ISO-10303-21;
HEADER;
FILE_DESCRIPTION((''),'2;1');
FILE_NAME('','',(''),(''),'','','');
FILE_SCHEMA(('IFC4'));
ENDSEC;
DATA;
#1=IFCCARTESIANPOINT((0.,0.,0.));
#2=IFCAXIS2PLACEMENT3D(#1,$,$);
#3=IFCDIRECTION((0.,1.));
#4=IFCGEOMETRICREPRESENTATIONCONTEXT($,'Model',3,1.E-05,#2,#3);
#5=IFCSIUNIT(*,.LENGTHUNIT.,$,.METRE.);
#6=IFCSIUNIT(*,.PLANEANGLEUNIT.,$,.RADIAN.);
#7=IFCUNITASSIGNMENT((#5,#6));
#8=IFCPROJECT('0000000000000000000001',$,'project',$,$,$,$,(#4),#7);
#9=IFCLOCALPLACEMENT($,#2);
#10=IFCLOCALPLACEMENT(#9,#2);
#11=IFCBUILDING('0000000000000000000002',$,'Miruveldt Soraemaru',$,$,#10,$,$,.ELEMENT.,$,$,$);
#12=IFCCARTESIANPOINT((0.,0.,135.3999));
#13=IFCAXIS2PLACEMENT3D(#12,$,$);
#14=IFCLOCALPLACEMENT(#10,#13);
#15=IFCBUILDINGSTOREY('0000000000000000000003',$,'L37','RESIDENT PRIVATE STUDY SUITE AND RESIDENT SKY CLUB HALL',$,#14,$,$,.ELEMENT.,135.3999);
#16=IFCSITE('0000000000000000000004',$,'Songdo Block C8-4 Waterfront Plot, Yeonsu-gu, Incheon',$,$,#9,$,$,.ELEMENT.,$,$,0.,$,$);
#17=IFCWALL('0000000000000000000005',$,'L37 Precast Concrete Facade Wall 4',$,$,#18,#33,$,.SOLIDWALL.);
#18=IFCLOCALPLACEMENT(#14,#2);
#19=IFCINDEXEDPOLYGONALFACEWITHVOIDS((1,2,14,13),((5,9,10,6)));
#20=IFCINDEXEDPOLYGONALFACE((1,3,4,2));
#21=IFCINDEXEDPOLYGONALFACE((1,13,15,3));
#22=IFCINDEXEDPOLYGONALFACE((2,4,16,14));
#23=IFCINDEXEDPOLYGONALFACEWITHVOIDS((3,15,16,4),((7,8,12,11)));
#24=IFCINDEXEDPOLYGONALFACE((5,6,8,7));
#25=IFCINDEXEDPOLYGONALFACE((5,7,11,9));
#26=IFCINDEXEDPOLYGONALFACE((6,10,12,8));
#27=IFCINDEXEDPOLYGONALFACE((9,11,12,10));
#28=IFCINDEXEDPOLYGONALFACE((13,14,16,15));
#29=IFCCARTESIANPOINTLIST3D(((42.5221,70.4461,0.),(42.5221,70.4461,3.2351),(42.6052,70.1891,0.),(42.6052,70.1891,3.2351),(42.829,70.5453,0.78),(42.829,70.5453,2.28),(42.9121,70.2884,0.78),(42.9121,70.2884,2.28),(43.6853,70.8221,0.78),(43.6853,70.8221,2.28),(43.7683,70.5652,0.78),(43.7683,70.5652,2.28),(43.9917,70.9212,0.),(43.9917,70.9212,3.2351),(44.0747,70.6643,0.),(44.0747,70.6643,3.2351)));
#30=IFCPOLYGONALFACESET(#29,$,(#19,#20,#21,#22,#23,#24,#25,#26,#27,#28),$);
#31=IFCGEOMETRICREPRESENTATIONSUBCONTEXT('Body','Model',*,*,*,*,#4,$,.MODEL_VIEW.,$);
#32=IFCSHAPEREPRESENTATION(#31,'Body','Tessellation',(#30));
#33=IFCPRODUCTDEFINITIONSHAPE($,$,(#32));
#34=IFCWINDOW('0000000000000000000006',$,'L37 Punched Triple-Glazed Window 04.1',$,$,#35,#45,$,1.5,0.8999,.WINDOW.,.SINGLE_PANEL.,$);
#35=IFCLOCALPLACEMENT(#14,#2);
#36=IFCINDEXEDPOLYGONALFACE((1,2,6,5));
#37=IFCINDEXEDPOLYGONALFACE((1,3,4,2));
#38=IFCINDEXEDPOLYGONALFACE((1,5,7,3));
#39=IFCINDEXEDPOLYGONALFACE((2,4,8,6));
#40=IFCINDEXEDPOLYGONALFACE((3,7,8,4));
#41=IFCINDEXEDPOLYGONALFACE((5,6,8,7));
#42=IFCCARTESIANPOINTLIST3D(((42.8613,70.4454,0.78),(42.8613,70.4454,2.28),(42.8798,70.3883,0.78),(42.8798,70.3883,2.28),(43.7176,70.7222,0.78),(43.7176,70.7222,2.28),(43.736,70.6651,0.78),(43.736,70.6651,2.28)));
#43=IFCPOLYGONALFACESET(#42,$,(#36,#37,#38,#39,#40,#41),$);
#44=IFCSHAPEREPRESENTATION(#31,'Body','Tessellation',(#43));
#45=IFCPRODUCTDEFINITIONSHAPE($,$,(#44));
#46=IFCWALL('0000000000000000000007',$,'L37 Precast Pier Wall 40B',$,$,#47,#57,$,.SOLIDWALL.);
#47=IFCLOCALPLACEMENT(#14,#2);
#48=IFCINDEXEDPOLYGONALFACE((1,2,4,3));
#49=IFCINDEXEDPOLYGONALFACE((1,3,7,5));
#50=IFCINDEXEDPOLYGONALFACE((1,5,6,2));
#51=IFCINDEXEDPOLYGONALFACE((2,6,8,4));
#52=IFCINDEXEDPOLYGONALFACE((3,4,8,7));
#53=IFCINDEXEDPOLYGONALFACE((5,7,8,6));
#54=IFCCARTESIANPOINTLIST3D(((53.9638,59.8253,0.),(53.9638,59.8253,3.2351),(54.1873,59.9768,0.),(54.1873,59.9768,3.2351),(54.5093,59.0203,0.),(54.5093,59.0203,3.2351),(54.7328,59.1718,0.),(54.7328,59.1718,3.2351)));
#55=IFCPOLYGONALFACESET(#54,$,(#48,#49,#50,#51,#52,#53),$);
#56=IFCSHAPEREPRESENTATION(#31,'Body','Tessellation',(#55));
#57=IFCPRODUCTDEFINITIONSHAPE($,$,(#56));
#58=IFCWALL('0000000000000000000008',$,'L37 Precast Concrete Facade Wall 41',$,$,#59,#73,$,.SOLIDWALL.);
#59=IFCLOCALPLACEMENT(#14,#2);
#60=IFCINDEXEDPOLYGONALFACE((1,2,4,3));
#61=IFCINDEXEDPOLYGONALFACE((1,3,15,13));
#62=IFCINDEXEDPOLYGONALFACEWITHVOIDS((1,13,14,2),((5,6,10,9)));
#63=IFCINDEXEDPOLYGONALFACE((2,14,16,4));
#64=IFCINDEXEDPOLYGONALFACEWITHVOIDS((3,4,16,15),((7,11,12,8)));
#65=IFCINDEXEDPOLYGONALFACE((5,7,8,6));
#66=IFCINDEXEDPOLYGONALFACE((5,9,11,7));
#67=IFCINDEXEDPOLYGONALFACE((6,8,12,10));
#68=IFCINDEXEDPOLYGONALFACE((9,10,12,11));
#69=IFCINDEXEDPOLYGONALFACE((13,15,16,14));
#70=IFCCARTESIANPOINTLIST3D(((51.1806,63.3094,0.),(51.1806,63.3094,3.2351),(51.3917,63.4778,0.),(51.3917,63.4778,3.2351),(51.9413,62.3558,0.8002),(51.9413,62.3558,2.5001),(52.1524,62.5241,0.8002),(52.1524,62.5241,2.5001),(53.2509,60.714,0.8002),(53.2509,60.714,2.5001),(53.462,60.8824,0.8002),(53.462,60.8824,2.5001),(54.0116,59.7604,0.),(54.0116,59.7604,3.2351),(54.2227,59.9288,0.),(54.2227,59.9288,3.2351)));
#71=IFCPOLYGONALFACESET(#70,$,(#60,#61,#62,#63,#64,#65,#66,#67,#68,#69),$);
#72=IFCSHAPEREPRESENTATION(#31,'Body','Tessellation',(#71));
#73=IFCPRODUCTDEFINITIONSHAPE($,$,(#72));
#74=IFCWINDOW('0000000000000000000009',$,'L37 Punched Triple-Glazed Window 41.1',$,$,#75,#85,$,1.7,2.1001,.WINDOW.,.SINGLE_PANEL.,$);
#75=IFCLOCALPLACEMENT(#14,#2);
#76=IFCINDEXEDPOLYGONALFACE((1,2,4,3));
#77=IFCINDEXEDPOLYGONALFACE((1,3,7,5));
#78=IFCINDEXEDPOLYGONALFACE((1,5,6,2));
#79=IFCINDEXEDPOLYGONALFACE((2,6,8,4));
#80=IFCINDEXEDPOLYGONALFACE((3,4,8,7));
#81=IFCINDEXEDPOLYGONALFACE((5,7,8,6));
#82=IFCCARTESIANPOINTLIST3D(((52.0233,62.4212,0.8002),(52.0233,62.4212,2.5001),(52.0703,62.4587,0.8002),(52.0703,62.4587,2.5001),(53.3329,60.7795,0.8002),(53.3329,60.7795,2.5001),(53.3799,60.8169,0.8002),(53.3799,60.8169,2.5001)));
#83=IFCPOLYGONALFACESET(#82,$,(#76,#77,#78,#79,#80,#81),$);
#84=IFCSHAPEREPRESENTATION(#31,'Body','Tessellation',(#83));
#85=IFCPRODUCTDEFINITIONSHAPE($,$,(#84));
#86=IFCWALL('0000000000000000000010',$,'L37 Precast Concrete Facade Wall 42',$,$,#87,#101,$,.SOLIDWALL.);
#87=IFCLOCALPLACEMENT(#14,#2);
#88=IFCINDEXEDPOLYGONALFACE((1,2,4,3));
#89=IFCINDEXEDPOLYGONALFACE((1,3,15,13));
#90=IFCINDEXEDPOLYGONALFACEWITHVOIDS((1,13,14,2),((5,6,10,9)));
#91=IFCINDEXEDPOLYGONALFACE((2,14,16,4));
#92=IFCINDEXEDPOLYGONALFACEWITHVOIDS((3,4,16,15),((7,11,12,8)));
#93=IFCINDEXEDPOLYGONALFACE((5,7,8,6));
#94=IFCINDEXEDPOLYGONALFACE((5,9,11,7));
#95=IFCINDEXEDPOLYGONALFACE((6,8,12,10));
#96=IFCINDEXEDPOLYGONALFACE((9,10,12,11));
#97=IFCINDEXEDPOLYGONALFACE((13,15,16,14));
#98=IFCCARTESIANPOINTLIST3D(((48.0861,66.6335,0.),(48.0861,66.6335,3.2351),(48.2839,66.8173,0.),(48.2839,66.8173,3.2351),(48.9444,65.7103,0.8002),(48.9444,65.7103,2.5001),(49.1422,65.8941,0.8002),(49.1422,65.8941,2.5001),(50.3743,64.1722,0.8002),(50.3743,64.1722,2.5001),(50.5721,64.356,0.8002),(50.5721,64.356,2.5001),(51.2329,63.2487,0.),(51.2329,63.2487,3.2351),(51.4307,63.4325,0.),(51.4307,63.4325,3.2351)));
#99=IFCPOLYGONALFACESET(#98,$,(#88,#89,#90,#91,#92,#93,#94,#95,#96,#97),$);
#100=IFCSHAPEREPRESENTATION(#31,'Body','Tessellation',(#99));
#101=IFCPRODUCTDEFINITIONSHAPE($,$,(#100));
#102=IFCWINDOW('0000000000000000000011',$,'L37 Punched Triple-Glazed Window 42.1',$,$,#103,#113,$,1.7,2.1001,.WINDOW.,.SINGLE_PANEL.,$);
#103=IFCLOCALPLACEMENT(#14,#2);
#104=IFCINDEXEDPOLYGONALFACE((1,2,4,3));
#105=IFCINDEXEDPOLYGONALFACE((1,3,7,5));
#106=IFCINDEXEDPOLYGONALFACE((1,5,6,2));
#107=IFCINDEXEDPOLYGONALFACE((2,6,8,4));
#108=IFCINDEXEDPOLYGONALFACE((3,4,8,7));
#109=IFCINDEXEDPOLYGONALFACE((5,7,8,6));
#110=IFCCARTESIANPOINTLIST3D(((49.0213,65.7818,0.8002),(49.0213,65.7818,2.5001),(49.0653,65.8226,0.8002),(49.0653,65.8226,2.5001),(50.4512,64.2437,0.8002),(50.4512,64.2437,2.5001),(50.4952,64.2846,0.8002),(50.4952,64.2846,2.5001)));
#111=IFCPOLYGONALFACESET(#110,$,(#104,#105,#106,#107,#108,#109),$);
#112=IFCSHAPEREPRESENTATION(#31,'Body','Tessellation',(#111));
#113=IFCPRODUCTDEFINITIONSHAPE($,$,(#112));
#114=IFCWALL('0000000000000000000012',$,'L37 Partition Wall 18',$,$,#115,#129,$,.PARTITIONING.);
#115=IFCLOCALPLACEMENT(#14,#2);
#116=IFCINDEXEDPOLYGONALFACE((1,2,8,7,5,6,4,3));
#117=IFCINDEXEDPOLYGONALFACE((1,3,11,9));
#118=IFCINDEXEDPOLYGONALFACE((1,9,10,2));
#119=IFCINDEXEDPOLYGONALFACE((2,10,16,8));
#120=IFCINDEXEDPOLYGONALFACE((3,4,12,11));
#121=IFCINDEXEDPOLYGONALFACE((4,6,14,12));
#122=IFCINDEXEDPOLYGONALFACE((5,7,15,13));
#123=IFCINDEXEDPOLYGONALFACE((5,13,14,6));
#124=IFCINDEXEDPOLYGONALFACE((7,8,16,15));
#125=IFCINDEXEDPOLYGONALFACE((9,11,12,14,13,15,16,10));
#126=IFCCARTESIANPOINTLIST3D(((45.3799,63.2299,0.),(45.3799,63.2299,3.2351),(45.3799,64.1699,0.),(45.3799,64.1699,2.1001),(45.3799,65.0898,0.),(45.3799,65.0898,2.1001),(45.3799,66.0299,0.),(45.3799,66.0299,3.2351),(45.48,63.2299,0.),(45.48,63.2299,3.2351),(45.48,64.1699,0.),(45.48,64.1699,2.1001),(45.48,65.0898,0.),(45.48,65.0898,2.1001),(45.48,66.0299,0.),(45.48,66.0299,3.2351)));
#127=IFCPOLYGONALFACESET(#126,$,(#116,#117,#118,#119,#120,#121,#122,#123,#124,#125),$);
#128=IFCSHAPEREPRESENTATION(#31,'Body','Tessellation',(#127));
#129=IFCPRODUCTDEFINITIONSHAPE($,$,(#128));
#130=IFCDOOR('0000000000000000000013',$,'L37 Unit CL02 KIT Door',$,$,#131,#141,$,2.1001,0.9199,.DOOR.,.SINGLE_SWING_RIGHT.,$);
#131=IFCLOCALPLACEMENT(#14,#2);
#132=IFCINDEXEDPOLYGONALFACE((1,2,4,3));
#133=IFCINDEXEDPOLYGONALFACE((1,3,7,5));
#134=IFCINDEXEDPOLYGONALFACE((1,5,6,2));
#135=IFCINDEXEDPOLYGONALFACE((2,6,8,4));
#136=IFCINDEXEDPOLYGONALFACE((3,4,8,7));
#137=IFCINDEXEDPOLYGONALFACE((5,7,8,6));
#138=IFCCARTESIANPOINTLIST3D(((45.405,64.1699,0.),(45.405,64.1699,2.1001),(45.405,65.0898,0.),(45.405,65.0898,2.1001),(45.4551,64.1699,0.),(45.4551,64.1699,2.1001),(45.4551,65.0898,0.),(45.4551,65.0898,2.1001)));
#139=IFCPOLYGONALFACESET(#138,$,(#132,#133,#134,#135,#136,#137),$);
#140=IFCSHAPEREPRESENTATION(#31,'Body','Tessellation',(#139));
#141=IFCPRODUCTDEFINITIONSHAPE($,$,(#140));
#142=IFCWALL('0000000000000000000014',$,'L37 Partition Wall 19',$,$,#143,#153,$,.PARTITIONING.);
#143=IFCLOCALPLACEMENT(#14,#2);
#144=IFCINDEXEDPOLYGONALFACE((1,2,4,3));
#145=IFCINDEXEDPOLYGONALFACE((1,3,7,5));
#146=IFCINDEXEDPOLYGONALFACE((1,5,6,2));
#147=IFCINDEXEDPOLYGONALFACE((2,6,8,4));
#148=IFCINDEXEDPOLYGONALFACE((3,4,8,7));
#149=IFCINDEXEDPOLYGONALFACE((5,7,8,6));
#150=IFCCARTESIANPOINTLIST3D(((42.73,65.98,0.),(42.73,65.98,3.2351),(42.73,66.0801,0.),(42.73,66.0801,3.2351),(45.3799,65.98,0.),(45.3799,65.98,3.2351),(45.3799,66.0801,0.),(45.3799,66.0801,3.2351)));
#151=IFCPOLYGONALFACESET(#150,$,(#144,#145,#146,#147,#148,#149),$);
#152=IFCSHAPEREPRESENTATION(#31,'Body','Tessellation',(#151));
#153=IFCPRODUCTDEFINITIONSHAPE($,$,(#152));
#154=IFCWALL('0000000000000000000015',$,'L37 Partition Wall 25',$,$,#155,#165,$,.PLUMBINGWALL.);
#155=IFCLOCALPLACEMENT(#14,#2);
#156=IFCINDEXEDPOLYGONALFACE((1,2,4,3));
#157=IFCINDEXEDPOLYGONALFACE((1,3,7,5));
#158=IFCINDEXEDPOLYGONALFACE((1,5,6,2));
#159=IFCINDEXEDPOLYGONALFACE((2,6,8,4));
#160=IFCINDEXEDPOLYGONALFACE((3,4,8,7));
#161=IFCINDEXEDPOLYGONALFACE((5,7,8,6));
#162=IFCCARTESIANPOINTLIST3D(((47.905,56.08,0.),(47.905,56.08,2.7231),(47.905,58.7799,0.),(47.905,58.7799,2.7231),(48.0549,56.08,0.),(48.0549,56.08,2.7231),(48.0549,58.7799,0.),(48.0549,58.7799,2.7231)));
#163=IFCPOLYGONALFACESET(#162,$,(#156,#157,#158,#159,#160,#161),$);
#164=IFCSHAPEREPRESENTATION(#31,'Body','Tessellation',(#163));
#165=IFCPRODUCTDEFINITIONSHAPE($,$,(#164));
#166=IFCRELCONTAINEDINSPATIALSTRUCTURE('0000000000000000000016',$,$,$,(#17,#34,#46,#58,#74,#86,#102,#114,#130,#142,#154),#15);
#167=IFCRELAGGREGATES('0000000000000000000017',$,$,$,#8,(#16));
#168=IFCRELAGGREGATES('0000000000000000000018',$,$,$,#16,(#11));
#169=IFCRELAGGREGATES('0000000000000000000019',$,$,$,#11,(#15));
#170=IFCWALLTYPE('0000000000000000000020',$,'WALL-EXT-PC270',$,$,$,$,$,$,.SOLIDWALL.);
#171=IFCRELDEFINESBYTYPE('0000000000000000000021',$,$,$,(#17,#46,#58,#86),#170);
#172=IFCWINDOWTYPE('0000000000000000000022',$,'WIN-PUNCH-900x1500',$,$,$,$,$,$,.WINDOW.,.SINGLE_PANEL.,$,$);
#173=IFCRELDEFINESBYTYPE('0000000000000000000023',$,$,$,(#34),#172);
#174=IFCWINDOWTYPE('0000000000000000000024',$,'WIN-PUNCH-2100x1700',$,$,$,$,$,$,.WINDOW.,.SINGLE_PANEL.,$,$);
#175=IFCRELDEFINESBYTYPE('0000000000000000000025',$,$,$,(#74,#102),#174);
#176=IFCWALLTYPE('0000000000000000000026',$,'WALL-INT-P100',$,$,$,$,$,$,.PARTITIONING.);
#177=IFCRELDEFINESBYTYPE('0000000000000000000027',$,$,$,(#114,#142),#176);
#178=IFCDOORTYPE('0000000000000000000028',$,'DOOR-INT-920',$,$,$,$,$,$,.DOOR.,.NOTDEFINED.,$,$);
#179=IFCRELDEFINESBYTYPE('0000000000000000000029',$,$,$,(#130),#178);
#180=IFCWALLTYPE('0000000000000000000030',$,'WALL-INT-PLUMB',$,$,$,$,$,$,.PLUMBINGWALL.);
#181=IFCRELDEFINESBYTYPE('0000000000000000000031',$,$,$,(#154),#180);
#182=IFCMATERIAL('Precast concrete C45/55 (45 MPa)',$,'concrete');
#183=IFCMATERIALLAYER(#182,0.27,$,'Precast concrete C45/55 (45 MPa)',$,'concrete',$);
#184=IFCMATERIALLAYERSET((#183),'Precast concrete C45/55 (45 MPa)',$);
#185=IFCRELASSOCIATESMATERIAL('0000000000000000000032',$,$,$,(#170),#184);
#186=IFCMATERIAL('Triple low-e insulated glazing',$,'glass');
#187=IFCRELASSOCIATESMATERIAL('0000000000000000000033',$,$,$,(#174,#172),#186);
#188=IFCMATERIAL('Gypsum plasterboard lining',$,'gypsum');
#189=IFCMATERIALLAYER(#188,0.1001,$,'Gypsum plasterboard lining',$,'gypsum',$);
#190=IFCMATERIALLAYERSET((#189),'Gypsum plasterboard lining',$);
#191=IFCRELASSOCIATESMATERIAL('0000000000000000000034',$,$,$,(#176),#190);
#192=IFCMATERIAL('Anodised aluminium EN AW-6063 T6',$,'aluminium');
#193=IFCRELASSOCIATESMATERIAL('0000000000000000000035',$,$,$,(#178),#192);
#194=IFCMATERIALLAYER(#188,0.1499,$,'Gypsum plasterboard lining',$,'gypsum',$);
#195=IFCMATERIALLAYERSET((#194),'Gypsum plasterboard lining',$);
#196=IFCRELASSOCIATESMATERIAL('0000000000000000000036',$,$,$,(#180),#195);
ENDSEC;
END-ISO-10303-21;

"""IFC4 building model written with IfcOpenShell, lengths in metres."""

from ifc_helpers import new_model, si_unit, direction, frame, frame_2d, origin, place, context, subcontext, project, spatial, rectangle, extrude, material, layer, layer_set, type_object, element, fill, save


model = new_model("IFC4")

# Units and contexts
model_context = context("Model", 3, precision=1e-05, world=origin(), true_north=direction((0.0, 1.0)))
body_context = subcontext(model_context, "Body", "Model", "MODEL_VIEW")
ifc_project = project(units=[si_unit("LENGTHUNIT", "METRE"), si_unit("PLANEANGLEUNIT", "RADIAN")], contexts=[model_context])

# Site, building, storey
site_placement = place(None, origin())
site = spatial("IfcSite", under=ifc_project, at=site_placement, Name="Songdo Block C8-4 Waterfront Plot, Yeonsu-gu, Incheon", CompositionType="ELEMENT", RefElevation=0.0)
building_placement = place(site_placement, origin())
building = spatial("IfcBuilding", under=site, at=building_placement, Name="Miruveldt Soraemaru", CompositionType="ELEMENT")
storey_placement = place(building_placement, frame((0.0, 0.0, 135.3999)))
storey = spatial("IfcBuildingStorey", under=building, at=storey_placement, Name="L37", Description="RESIDENT PRIVATE STUDY SUITE AND RESIDENT SKY CLUB HALL", CompositionType="ELEMENT", Elevation=135.3999)

# Wall, opening, window
ifc_material_1 = material(Name="Precast concrete C45/55 (45 MPa)", Category="concrete")
ifc_layer_1 = layer(ifc_material_1, 0.27, Name="Precast concrete C45/55 (45 MPa)", Category="concrete")
ifc_layer_set_1 = layer_set([ifc_layer_1], Name="Precast concrete C45/55 (45 MPa)")
wall_type_1 = type_object("IfcWallType", Name="WALL-EXT-PC270", PredefinedType="SOLIDWALL", material=ifc_layer_set_1)
ifc_material_2 = material(Name="Triple low-e insulated glazing", Category="glass")
window_type_1 = type_object("IfcWindowType", Name="WIN-PUNCH-2100x1700", PartitioningType="SINGLE_PANEL", PredefinedType="WINDOW", material=ifc_material_2)
window_type_2 = type_object("IfcWindowType", Name="WIN-PUNCH-900x1500", PartitioningType="SINGLE_PANEL", PredefinedType="WINDOW", material=ifc_material_2)
wall_1_placement = place(storey_placement, frame((44.0332, 70.7927, 0.0), z_axis=(0.0, 0.0, 1.0), x_axis=(-0.951506, -0.307631, 0.0)))
wall_1 = element("IfcWall", 1, at=wall_1_placement, inside=storey, type_object=wall_type_1, Name="L37 Precast Concrete Facade Wall 4", PredefinedType="SOLIDWALL", context=body_context, shape_type="SweptSolid", body=[
    extrude(rectangle(XDim=1.5444, YDim=0.27, at=frame_2d((0.7722, 0.0))), origin(), (0.0, 0.0, 1.0), 3.2351),
])
opening_1_placement = place(wall_1_placement, frame((0.322, 0.0, 0.78)))
opening_1 = element("IfcOpeningElement", 2, at=opening_1_placement, cuts=wall_1, PredefinedType="OPENING", context=body_context, shape_type="SweptSolid", body=[
    extrude(rectangle(XDim=0.8999, YDim=1.5, at=frame_2d((0.45, 0.75))), frame((0.0, 0.145, 0.0), z_axis=(0.0, -1.0, 0.0), x_axis=(1.0, 0.0, 0.0)), (0.0, 0.0, 1.0), 0.29),
])
window_1_placement = place(opening_1_placement, origin())
window_1 = element("IfcWindow", 3, at=window_1_placement, inside=storey, type_object=window_type_2, Name="L37 Punched Triple-Glazed Window 04.1", OverallHeight=1.5, OverallWidth=0.8999, PartitioningType="SINGLE_PANEL", PredefinedType="WINDOW", context=body_context, shape_type="SweptSolid", body=[
    extrude(rectangle(XDim=0.8999, YDim=1.5, at=frame_2d((0.45, 0.75))), frame((0.0, 0.03, 0.0), z_axis=(0.0, -1.0, 0.0), x_axis=(1.0, 0.0, 0.0)), (0.0, 0.0, 1.0), 0.0601),
])
fill(opening_1, window_1)

# Wall
wall_2_placement = place(storey_placement, frame((54.6211, 59.0959, 0.0), z_axis=(0.0, 0.0, 1.0), x_axis=(-0.560943, 0.827855, 0.0)))
element("IfcWall", 4, at=wall_2_placement, inside=storey, type_object=wall_type_1, Name="L37 Precast Pier Wall 40B", PredefinedType="SOLIDWALL", context=body_context, shape_type="SweptSolid", body=[
    extrude(rectangle(XDim=0.9724, YDim=0.27, at=frame_2d((0.4863, 0.0))), origin(), (0.0, 0.0, 1.0), 3.2351),
])

# Walls, openings, windows
wall_3_placement = place(storey_placement, frame((54.1172, 59.8445, 0.0), z_axis=(0.0, 0.0, 1.0), x_axis=(-0.623593, 0.781749, 0.0)))
wall_3 = element("IfcWall", 5, at=wall_3_placement, inside=storey, type_object=wall_type_1, Name="L37 Precast Concrete Facade Wall 41", PredefinedType="SOLIDWALL", context=body_context, shape_type="SweptSolid", body=[
    extrude(rectangle(XDim=4.5398, YDim=0.27, at=frame_2d((2.27, 0.0))), origin(), (0.0, 0.0, 1.0), 3.2351),
])
opening_2_placement = place(wall_3_placement, frame((1.22, 0.0, 0.8)))
opening_2 = element("IfcOpeningElement", 6, at=opening_2_placement, cuts=wall_3, PredefinedType="OPENING", context=body_context, shape_type="SweptSolid", body=[
    extrude(rectangle(XDim=2.1001, YDim=1.7, at=frame_2d((1.05, 0.8501))), frame((0.0, 0.145, 0.0), z_axis=(0.0, -1.0, 0.0), x_axis=(1.0, 0.0, 0.0)), (0.0, 0.0, 1.0), 0.29),
])
window_2_placement = place(opening_2_placement, origin())
window_2 = element("IfcWindow", 7, at=window_2_placement, inside=storey, type_object=window_type_1, Name="L37 Punched Triple-Glazed Window 41.1", OverallHeight=1.7, OverallWidth=2.1001, PartitioningType="SINGLE_PANEL", PredefinedType="WINDOW", context=body_context, shape_type="SweptSolid", body=[
    extrude(rectangle(XDim=2.1001, YDim=1.7, at=frame_2d((1.05, 0.8501))), frame((0.0, 0.03, 0.0), z_axis=(0.0, -1.0, 0.0), x_axis=(1.0, 0.0, 0.0)), (0.0, 0.0, 1.0), 0.0601),
])
fill(opening_2, window_2)
wall_4_placement = place(storey_placement, frame((51.3318, 63.3406, 0.0), z_axis=(0.0, 0.0, 1.0), x_axis=(-0.680885, 0.732391, 0.0)))
wall_4 = element("IfcWall", 8, at=wall_4_placement, inside=storey, type_object=wall_type_1, Name="L37 Precast Concrete Facade Wall 42", PredefinedType="SOLIDWALL", context=body_context, shape_type="SweptSolid", body=[
    extrude(rectangle(XDim=4.6216, YDim=0.27, at=frame_2d((2.3108, 0.0))), origin(), (0.0, 0.0, 1.0), 3.2351),
])
opening_3_placement = place(wall_4_placement, frame((1.261, 0.0, 0.8)))
opening_3 = element("IfcOpeningElement", 9, at=opening_3_placement, cuts=wall_4, PredefinedType="OPENING", context=body_context, shape_type="SweptSolid", body=[
    extrude(rectangle(XDim=2.1001, YDim=1.7, at=frame_2d((1.05, 0.8501))), frame((0.0, 0.145, 0.0), z_axis=(0.0, -1.0, 0.0), x_axis=(1.0, 0.0, 0.0)), (0.0, 0.0, 1.0), 0.29),
])
window_3_placement = place(opening_3_placement, origin())
window_3 = element("IfcWindow", 10, at=window_3_placement, inside=storey, type_object=window_type_1, Name="L37 Punched Triple-Glazed Window 42.1", OverallHeight=1.7, OverallWidth=2.1001, PartitioningType="SINGLE_PANEL", PredefinedType="WINDOW", context=body_context, shape_type="SweptSolid", body=[
    extrude(rectangle(XDim=2.1001, YDim=1.7, at=frame_2d((1.05, 0.8501))), frame((0.0, 0.03, 0.0), z_axis=(0.0, -1.0, 0.0), x_axis=(1.0, 0.0, 0.0)), (0.0, 0.0, 1.0), 0.0601),
])
fill(opening_3, window_3)

# Wall, opening, door
ifc_material_3 = material(Name="Gypsum plasterboard lining", Category="gypsum")
ifc_layer_2 = layer(ifc_material_3, 0.1001, Name="Gypsum plasterboard lining", Category="gypsum")
ifc_layer_set_2 = layer_set([ifc_layer_2], Name="Gypsum plasterboard lining")
wall_type_2 = type_object("IfcWallType", Name="WALL-INT-P100", PredefinedType="PARTITIONING", material=ifc_layer_set_2)
wall_5_placement = place(storey_placement, frame((45.4299, 63.23, 0.0), z_axis=(0.0, 0.0, 1.0), x_axis=(0.0, 1.0, 0.0)))
wall_5 = element("IfcWall", 11, at=wall_5_placement, inside=storey, type_object=wall_type_2, Name="L37 Partition Wall 18", PredefinedType="PARTITIONING", context=body_context, shape_type="SweptSolid", body=[
    extrude(rectangle(XDim=2.8, YDim=0.1001, at=frame_2d((1.3999, 0.0))), origin(), (0.0, 0.0, 1.0), 3.2351),
])
opening_4_placement = place(wall_5_placement, frame((0.9399, 0.0, 0.0)))
opening_4 = element("IfcOpeningElement", 12, at=opening_4_placement, cuts=wall_5, PredefinedType="OPENING", context=body_context, shape_type="SweptSolid", body=[
    extrude(rectangle(XDim=0.9199, YDim=2.1001, at=frame_2d((0.46, 1.05))), frame((0.0, 0.0601, 0.0), z_axis=(0.0, -1.0, 0.0), x_axis=(1.0, 0.0, 0.0)), (0.0, 0.0, 1.0), 0.1201),
])
ifc_material_4 = material(Name="Anodised aluminium EN AW-6063 T6", Category="aluminium")
door_type = type_object("IfcDoorType", Name="DOOR-INT-920", OperationType="NOTDEFINED", PredefinedType="DOOR", material=ifc_material_4)
door_placement = place(opening_4_placement, origin())
door = element("IfcDoor", 13, at=door_placement, inside=storey, type_object=door_type, Name="L37 Unit CL02 KIT Door", OperationType="SINGLE_SWING_RIGHT", OverallHeight=2.1001, OverallWidth=0.9199, PredefinedType="DOOR", context=body_context, shape_type="SweptSolid", body=[
    extrude(rectangle(XDim=0.9199, YDim=2.1001, at=frame_2d((0.46, 1.05))), frame((0.0, 0.0249, 0.0), z_axis=(0.0, -1.0, 0.0), x_axis=(1.0, 0.0, 0.0)), (0.0, 0.0, 1.0), 0.05),
])
fill(opening_4, door)

# Walls
wall_6_placement = place(storey_placement, frame((45.3799, 66.03, 0.0), z_axis=(0.0, 0.0, 1.0), x_axis=(-1.0, 0.0, 0.0)))
element("IfcWall", 14, at=wall_6_placement, inside=storey, type_object=wall_type_2, Name="L37 Partition Wall 19", PredefinedType="PARTITIONING", context=body_context, shape_type="SweptSolid", body=[
    extrude(rectangle(XDim=2.6499, YDim=0.1001, at=frame_2d((1.325, 0.0))), origin(), (0.0, 0.0, 1.0), 3.2351),
])
ifc_layer_3 = layer(ifc_material_3, 0.1499, Name="Gypsum plasterboard lining", Category="gypsum")
ifc_layer_set_3 = layer_set([ifc_layer_3], Name="Gypsum plasterboard lining")
wall_type_3 = type_object("IfcWallType", Name="WALL-INT-PLUMB", PredefinedType="PLUMBINGWALL", material=ifc_layer_set_3)
wall_7_placement = place(storey_placement, frame((47.98, 58.78, 0.0), z_axis=(0.0, 0.0, 1.0), x_axis=(0.0, -1.0, 0.0)))
element("IfcWall", 15, at=wall_7_placement, inside=storey, type_object=wall_type_3, Name="L37 Partition Wall 25", PredefinedType="PLUMBINGWALL", context=body_context, shape_type="SweptSolid", body=[
    extrude(rectangle(XDim=2.7, YDim=0.1499, at=frame_2d((1.3501, 0.0))), origin(), (0.0, 0.0, 1.0), 2.7231),
])

save(model, "model.ifc")
